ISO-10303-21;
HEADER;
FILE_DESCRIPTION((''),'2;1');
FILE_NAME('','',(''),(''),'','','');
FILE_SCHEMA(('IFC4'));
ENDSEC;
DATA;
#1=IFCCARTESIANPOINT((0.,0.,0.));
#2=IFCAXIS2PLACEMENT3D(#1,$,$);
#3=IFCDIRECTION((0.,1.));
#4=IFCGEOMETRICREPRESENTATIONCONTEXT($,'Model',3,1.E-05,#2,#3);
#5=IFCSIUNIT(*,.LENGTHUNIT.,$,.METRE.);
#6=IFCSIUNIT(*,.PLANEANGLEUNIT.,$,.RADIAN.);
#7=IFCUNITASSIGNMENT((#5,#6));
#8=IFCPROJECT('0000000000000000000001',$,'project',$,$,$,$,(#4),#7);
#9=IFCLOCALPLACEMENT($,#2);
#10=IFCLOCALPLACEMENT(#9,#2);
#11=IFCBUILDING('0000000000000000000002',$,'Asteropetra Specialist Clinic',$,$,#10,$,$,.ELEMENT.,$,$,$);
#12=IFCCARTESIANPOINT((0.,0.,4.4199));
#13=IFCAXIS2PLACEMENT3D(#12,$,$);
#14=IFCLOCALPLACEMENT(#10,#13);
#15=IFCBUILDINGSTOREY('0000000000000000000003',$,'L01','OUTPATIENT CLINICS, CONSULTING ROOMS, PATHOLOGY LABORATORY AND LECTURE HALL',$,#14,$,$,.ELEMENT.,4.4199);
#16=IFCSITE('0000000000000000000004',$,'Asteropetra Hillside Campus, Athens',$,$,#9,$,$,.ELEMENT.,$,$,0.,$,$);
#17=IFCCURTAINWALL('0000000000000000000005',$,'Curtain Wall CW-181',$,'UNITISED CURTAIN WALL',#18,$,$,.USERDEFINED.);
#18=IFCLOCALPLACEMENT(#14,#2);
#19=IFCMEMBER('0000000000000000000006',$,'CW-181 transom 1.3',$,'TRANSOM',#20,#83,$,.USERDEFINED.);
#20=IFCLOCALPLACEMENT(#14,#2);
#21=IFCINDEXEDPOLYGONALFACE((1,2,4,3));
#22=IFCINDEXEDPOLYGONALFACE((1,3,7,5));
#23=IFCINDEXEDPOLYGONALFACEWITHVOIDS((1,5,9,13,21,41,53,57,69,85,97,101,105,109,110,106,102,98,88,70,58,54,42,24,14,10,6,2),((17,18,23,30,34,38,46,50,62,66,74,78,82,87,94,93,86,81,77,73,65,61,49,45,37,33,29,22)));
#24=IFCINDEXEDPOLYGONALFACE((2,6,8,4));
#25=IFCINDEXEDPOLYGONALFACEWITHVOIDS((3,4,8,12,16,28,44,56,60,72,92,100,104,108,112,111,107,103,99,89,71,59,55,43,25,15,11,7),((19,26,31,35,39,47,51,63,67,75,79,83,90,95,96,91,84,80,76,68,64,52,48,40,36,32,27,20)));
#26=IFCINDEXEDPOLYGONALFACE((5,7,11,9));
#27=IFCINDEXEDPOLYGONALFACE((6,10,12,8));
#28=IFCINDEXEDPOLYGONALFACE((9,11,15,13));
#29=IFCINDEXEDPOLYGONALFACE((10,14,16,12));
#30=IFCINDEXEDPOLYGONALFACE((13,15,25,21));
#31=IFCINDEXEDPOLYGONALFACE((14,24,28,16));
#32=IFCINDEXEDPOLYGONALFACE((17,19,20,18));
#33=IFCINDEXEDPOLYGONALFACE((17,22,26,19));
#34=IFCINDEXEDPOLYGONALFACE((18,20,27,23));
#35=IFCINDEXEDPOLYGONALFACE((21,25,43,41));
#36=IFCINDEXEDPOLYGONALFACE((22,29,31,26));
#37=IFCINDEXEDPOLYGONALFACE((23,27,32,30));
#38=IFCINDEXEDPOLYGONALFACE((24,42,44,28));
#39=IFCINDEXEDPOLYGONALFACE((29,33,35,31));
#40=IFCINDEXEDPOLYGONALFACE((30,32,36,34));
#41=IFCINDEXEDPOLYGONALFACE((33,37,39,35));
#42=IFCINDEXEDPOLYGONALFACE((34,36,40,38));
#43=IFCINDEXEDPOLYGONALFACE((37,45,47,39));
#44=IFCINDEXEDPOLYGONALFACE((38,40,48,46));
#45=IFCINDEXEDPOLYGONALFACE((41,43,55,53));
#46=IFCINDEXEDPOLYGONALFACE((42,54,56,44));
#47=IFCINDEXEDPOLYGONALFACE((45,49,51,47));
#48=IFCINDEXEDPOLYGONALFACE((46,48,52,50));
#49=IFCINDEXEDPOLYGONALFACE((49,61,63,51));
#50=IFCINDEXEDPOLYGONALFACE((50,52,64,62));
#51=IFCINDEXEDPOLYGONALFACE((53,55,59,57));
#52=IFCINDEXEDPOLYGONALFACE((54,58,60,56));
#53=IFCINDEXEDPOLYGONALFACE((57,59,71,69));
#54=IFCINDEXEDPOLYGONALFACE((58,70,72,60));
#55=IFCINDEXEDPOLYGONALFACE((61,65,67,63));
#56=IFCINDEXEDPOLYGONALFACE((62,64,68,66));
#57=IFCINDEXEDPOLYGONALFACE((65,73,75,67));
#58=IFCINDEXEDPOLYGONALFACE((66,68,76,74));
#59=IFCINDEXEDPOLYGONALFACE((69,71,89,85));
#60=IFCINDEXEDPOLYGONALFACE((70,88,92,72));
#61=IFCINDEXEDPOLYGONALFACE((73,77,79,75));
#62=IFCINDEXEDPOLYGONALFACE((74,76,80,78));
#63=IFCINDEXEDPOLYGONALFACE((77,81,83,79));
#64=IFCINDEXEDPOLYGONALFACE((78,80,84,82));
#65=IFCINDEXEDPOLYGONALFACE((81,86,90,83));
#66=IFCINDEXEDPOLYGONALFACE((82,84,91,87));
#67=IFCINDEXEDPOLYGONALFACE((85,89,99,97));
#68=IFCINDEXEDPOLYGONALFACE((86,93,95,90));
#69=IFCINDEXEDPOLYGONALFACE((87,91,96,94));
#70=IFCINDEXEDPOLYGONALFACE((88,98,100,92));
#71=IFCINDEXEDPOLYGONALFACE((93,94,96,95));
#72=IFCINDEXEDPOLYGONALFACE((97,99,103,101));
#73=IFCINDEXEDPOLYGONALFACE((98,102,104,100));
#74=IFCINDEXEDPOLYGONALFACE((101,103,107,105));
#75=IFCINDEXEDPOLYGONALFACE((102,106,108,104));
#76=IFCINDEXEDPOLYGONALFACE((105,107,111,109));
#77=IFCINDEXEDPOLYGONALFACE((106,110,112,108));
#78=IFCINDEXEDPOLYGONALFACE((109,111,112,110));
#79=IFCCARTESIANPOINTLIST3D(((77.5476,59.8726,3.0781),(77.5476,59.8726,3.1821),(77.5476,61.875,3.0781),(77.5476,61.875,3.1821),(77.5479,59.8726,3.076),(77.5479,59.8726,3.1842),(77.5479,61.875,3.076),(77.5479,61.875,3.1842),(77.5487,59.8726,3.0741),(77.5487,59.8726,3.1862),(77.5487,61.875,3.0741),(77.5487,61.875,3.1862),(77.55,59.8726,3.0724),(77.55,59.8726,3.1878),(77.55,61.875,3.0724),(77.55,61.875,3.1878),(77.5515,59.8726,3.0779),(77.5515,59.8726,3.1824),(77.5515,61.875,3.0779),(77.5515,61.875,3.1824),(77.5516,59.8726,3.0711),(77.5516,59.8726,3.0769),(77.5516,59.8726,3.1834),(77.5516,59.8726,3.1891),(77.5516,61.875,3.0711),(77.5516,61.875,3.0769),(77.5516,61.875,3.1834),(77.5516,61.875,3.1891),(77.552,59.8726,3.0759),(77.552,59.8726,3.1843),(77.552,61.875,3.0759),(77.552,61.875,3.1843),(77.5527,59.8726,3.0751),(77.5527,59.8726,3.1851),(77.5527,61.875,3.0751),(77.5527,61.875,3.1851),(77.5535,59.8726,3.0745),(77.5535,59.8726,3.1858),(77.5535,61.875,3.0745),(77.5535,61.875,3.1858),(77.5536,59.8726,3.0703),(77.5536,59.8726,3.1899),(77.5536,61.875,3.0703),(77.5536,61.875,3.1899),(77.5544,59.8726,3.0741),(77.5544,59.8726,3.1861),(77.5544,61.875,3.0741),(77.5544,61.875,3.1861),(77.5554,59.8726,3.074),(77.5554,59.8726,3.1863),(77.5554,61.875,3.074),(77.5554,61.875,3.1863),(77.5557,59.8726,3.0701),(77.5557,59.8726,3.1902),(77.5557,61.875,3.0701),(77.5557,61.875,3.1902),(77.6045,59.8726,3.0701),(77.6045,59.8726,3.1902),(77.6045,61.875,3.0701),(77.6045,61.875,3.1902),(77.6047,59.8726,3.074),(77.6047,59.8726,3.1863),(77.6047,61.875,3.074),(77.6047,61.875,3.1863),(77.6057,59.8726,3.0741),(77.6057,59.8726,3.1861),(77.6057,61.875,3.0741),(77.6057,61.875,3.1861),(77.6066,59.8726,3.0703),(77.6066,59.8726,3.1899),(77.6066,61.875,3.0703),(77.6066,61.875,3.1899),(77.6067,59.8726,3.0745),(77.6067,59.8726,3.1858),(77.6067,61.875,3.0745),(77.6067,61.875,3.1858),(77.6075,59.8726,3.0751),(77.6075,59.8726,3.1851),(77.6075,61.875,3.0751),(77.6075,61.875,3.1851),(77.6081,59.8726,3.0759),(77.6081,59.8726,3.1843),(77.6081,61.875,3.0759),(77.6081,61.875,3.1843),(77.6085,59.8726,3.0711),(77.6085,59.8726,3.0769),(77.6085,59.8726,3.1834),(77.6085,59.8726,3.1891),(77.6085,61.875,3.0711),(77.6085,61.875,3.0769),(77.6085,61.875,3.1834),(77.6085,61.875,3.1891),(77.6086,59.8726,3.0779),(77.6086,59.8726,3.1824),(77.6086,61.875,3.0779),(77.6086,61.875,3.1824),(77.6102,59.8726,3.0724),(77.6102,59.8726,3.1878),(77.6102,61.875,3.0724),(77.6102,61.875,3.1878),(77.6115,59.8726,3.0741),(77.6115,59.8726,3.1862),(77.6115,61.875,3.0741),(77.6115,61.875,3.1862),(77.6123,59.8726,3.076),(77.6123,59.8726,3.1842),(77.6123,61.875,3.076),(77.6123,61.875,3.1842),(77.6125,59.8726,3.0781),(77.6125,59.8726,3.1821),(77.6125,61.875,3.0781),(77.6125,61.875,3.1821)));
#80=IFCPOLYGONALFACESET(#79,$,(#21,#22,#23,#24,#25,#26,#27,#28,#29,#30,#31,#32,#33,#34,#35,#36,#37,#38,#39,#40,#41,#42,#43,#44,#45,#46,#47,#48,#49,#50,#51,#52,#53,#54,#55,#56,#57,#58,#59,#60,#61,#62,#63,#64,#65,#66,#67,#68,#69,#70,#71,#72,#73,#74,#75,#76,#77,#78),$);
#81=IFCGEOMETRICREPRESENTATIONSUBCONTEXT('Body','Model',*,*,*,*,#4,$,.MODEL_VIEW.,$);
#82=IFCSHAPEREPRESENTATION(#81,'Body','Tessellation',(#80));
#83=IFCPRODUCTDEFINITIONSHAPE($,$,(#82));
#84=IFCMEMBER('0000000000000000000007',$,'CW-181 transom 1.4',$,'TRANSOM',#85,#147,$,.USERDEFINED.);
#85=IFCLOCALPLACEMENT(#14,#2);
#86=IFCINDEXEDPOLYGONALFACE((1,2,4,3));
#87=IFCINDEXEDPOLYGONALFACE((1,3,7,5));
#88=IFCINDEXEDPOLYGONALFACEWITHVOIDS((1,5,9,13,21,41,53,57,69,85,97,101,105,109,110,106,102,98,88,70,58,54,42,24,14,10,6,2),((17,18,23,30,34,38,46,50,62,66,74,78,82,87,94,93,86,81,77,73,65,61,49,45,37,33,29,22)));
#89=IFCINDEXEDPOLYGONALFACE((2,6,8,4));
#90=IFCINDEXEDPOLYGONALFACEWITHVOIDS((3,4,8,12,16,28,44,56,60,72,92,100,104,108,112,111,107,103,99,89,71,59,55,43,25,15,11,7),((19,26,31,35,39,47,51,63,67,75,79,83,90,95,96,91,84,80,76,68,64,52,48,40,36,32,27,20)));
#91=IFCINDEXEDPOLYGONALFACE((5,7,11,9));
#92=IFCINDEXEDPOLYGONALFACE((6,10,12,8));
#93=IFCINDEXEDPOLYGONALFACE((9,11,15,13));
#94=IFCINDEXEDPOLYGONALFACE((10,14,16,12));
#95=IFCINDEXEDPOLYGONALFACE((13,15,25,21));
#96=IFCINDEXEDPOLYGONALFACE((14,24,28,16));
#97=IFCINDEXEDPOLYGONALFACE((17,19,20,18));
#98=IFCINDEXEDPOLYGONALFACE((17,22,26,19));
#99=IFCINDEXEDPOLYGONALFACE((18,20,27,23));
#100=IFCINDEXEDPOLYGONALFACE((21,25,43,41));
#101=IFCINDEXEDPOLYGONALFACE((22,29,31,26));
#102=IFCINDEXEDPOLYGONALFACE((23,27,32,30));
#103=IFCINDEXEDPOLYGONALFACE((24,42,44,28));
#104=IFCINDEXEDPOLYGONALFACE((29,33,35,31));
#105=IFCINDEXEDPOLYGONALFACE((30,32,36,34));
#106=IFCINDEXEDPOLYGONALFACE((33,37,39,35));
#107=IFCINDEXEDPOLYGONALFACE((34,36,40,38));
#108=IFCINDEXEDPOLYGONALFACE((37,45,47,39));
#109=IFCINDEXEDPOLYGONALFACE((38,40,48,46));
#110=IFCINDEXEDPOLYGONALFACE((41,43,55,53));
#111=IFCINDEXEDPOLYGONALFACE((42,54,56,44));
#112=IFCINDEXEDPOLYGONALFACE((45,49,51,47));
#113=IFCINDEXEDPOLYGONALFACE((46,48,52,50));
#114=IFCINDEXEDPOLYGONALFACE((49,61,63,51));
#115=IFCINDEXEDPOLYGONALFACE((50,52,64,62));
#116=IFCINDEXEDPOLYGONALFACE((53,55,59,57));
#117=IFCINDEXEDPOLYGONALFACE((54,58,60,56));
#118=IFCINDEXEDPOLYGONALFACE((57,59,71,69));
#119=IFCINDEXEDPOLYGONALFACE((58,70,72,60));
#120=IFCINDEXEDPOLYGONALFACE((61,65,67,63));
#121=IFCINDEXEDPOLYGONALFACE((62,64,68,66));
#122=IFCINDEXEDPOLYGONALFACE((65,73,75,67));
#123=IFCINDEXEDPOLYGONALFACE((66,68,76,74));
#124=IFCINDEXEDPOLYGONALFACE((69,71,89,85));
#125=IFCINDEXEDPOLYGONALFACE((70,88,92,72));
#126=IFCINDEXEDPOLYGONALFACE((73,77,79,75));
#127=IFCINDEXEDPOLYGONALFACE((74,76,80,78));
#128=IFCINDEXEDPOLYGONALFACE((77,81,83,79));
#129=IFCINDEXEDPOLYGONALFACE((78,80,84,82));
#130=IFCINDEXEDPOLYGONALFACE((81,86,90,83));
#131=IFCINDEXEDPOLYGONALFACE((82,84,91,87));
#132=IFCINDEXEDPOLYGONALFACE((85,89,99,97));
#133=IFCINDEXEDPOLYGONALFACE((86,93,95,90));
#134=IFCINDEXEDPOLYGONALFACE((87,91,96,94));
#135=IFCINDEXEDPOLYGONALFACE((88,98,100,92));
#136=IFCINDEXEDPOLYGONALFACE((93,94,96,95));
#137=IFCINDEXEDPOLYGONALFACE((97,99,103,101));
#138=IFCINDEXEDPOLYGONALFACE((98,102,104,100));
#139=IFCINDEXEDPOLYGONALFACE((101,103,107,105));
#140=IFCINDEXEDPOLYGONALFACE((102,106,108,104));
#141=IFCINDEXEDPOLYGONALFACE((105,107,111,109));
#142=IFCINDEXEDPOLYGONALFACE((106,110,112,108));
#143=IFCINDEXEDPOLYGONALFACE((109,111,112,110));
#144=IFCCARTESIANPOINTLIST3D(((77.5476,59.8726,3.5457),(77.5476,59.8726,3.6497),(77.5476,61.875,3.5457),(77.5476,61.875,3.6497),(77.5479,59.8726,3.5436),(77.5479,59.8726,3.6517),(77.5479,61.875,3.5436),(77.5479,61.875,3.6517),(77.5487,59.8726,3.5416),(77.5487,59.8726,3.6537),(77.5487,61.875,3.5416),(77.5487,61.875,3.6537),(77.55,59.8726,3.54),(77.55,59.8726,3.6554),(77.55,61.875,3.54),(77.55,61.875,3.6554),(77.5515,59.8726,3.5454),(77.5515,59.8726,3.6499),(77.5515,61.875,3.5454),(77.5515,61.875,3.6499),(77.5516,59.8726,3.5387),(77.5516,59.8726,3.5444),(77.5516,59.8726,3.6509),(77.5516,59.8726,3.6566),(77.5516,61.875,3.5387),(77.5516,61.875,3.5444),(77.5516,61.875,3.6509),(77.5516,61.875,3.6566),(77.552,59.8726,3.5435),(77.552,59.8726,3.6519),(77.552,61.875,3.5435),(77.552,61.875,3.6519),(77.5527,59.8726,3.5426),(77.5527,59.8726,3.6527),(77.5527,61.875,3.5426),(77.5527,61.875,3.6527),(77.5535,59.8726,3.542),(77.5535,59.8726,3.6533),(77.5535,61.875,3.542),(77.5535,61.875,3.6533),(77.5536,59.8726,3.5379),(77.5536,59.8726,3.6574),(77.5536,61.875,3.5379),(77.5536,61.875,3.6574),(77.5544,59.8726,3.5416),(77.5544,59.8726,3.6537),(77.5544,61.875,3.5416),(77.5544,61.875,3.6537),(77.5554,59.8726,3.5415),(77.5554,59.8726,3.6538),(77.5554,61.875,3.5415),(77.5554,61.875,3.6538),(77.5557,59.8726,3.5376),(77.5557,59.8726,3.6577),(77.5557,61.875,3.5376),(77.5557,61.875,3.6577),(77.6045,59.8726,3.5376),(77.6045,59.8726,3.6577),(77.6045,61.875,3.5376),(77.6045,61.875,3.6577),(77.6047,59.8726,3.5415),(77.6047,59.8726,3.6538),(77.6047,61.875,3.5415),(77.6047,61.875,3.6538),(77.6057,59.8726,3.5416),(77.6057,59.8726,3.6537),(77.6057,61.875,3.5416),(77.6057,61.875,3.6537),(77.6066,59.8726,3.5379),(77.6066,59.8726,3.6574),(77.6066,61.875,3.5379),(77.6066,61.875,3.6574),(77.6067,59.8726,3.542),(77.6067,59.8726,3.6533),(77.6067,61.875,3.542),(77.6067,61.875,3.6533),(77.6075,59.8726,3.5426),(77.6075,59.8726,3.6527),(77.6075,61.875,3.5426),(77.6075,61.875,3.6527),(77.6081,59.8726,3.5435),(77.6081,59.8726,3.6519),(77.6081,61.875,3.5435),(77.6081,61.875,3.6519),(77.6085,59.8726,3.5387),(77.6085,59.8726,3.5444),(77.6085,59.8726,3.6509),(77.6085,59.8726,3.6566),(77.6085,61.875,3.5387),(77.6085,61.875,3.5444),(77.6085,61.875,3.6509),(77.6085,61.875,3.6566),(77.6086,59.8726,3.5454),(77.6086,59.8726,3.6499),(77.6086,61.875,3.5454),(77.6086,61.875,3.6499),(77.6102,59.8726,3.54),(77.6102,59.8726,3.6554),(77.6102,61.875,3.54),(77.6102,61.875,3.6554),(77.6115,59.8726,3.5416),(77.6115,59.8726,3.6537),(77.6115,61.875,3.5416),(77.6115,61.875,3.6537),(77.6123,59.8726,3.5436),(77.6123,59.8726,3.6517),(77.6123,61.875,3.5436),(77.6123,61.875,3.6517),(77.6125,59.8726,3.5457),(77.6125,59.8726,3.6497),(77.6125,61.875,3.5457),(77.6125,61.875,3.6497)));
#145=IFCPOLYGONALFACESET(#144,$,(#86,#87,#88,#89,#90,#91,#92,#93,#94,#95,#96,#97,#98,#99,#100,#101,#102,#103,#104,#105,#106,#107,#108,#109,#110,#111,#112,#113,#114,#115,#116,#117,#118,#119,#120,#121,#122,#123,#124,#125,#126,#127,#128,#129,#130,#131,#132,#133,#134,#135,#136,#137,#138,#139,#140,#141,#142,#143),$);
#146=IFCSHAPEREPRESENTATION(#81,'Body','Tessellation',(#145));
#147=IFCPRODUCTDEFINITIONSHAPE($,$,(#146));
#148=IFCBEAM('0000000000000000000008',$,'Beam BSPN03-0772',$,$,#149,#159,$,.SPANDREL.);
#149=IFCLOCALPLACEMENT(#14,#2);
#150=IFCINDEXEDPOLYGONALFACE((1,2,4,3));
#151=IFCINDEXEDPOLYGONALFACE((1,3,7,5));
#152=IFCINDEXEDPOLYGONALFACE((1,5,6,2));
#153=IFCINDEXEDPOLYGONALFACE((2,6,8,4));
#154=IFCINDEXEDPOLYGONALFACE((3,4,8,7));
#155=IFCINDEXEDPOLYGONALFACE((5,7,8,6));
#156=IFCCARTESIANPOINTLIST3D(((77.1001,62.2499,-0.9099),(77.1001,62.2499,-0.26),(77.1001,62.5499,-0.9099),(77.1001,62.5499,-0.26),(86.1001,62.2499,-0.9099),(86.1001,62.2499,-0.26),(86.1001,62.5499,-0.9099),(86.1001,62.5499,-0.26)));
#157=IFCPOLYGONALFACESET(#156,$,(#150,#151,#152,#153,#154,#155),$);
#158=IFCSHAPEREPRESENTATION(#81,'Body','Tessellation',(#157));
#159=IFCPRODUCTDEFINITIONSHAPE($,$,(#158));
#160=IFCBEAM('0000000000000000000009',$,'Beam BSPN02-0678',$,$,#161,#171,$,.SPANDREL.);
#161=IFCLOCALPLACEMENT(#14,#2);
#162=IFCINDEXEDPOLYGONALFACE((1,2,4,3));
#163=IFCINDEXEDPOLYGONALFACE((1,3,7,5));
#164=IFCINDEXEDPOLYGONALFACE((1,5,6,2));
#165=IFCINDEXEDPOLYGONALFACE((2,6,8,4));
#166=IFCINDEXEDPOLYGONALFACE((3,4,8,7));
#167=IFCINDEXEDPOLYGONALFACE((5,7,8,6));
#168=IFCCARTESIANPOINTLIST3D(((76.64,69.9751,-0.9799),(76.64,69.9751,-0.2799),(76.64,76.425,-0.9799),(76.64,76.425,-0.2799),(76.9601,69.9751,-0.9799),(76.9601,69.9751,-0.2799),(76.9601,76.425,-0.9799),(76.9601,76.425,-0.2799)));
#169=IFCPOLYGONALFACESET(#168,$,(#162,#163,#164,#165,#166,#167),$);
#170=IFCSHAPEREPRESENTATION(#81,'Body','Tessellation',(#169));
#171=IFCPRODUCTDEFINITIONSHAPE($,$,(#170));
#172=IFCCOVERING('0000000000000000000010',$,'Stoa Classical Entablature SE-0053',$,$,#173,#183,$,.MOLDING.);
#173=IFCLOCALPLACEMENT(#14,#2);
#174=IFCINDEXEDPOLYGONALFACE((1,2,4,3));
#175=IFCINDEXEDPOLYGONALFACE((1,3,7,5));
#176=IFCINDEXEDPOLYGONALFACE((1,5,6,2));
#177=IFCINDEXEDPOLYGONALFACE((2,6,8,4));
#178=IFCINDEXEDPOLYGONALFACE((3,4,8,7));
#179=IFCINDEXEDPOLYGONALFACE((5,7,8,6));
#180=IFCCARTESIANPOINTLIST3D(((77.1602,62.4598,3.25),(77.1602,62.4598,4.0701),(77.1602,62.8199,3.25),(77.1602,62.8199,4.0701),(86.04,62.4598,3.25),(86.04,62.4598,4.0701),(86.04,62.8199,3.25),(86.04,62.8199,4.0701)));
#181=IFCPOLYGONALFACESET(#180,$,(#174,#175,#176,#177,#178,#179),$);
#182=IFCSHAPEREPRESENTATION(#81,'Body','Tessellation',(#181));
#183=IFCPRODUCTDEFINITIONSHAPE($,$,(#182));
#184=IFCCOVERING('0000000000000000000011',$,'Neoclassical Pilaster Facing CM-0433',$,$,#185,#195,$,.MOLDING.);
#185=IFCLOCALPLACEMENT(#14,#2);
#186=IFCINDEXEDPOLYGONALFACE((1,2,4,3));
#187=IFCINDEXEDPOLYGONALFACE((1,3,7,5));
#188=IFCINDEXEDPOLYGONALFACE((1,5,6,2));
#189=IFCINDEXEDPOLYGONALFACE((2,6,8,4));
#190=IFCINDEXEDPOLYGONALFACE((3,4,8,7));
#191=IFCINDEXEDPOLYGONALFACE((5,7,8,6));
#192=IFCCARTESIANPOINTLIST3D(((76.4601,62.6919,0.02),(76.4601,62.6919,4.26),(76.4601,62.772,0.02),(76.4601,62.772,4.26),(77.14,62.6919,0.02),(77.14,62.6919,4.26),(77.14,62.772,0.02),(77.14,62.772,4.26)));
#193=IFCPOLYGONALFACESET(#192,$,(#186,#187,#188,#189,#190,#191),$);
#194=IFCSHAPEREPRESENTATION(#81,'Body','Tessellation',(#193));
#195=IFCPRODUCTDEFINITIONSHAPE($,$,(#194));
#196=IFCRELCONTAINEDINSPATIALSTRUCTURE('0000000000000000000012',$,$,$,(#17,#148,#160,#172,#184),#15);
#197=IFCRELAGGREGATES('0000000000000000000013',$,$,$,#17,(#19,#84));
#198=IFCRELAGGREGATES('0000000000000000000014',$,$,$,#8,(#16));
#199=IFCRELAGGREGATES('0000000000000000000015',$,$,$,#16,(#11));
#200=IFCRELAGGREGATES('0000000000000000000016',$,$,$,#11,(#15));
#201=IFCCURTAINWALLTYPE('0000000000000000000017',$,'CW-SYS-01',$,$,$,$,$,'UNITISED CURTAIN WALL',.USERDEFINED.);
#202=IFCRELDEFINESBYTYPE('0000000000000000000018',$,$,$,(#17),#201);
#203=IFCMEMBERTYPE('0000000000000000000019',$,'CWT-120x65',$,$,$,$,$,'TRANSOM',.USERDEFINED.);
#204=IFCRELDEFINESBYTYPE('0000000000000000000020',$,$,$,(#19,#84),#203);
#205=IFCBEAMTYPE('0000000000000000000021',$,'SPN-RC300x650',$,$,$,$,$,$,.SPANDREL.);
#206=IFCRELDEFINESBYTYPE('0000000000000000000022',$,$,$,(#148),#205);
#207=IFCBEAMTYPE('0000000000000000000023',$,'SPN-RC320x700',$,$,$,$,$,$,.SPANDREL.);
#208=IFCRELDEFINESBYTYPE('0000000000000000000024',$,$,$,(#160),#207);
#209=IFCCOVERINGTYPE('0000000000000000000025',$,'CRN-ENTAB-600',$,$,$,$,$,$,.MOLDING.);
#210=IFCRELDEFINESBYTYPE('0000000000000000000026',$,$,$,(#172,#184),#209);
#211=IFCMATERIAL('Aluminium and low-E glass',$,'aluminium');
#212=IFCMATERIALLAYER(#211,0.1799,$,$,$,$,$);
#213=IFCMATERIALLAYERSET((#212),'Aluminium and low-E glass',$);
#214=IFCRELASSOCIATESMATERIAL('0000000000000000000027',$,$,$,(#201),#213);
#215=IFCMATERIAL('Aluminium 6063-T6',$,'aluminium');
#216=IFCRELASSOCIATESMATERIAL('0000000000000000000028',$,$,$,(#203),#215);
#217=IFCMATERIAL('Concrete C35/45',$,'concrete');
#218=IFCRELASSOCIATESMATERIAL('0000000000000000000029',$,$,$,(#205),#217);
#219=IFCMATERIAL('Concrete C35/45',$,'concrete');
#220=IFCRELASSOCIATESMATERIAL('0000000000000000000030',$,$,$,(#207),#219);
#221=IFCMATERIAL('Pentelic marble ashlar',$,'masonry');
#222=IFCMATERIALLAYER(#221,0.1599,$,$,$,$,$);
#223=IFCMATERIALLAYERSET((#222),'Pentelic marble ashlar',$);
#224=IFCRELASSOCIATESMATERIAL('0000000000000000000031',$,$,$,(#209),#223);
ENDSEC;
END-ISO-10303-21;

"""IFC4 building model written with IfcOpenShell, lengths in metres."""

from ifc_helpers import new_model, si_unit, direction, frame, origin, origin_2d, place, context, subcontext, project, spatial, rectangle, hollow_rectangle, extrude, material, layer, layer_set, material_profile, profile_set, type_object, element, aggregate, save


model = new_model("IFC4")

# Units and contexts
model_context = context("Model", 3, precision=1e-05, world=origin(), true_north=direction((0.0, 1.0)))
body_context = subcontext(model_context, "Body", "Model", "MODEL_VIEW")
ifc_project = project(units=[si_unit("LENGTHUNIT", "METRE"), si_unit("PLANEANGLEUNIT", "RADIAN")], contexts=[model_context])

# Site, building, storey
site_placement = place(None, origin())
site = spatial("IfcSite", under=ifc_project, at=site_placement, Name="Asteropetra Hillside Campus, Athens", CompositionType="ELEMENT", RefElevation=0.0)
building_placement = place(site_placement, origin())
building = spatial("IfcBuilding", under=site, at=building_placement, Name="Asteropetra Specialist Clinic", CompositionType="ELEMENT")
storey_placement = place(building_placement, frame((0.0, 0.0, 4.4199)))
storey = spatial("IfcBuildingStorey", under=building, at=storey_placement, Name="L01", Description="OUTPATIENT CLINICS, CONSULTING ROOMS, PATHOLOGY LABORATORY AND LECTURE HALL", CompositionType="ELEMENT", Elevation=4.4199)

# Curtain wall, members
ifc_material_1 = material(Name="Aluminium and low-E glass", Category="aluminium")
ifc_layer_1 = layer(ifc_material_1, 0.1799)
ifc_layer_set_1 = layer_set([ifc_layer_1], Name="Aluminium and low-E glass")
curtain_wall_type = type_object("IfcCurtainWallType", Name="CW-SYS-01", ElementType="UNITISED CURTAIN WALL", PredefinedType="USERDEFINED", material=ifc_layer_set_1)
curtain_wall_placement = place(storey_placement, origin())
curtain_wall = element("IfcCurtainWall", 1, at=curtain_wall_placement, inside=storey, type_object=curtain_wall_type, Name="Curtain Wall CW-181", ObjectType="UNITISED CURTAIN WALL", PredefinedType="USERDEFINED")
ifc_material_2 = material(Name="Aluminium 6063-T6", Category="aluminium")
ifc_material_profile_1 = material_profile(ifc_material_2, hollow_rectangle(XDim=0.0649, YDim=0.1201, WallThickness=0.0039, InnerFilletRadius=0.0039, OuterFilletRadius=0.0081, at=origin_2d()), Name="TRN 120x65x4.0")
ifc_profile_set_1 = profile_set([ifc_material_profile_1], Name="Aluminium 6063-T6")
member_type_1 = type_object("IfcMemberType", Name="CWT-120x65", ElementType="TRANSOM", PredefinedType="USERDEFINED", material=ifc_profile_set_1)
member_1_placement = place(storey_placement, frame((77.5801, 61.875, 3.1301), z_axis=(0.0, -1.0, 0.0), x_axis=(1.0, 0.0, 0.0)))
member_1 = element("IfcMember", 2, at=member_1_placement, type_object=member_type_1, Name="CW-181 transom 1.3", ObjectType="TRANSOM", PredefinedType="USERDEFINED", context=body_context, shape_type="SweptSolid", body=[
    extrude(hollow_rectangle(XDim=0.0649, YDim=0.1201, WallThickness=0.0039, InnerFilletRadius=0.0039, OuterFilletRadius=0.0081, at=origin_2d()), origin(), (0.0, 0.0, 1.0), 2.0024),
])
member_2_placement = place(storey_placement, frame((77.5801, 61.875, 3.5977), z_axis=(0.0, -1.0, 0.0), x_axis=(1.0, 0.0, 0.0)))
member_2 = element("IfcMember", 3, at=member_2_placement, type_object=member_type_1, Name="CW-181 transom 1.4", ObjectType="TRANSOM", PredefinedType="USERDEFINED", context=body_context, shape_type="SweptSolid", body=[
    extrude(hollow_rectangle(XDim=0.0649, YDim=0.1201, WallThickness=0.0039, InnerFilletRadius=0.0039, OuterFilletRadius=0.0081, at=origin_2d()), origin(), (0.0, 0.0, 1.0), 2.0024),
])
aggregate(curtain_wall, [member_1, member_2])

# Beams
ifc_material_3 = material(Name="Concrete C35/45", Category="concrete")
ifc_material_profile_2 = material_profile(ifc_material_3, rectangle(XDim=0.3, YDim=0.6499, at=origin_2d()), Name="RCS 300x650")
ifc_profile_set_2 = profile_set([ifc_material_profile_2], Name="Concrete C35/45")
beam_type_1 = type_object("IfcBeamType", Name="SPN-RC300x650", PredefinedType="SPANDREL", material=ifc_profile_set_2)
beam_1_placement = place(storey_placement, frame((77.1001, 62.3999, -0.585), z_axis=(1.0, 0.0, 0.0), x_axis=(0.0, 1.0, 0.0)))
element("IfcBeam", 4, at=beam_1_placement, inside=storey, type_object=beam_type_1, Name="Beam BSPN03-0772", PredefinedType="SPANDREL", context=body_context, shape_type="SweptSolid", body=[
    extrude(rectangle(XDim=0.3, YDim=0.6499, at=origin_2d()), origin(), (0.0, 0.0, 1.0), 9.0),
])
ifc_material_4 = material(Name="Concrete C35/45", Category="concrete")
ifc_material_profile_3 = material_profile(ifc_material_4, rectangle(XDim=0.3201, YDim=0.7, at=origin_2d()), Name="RCS 320x700")
ifc_profile_set_3 = profile_set([ifc_material_profile_3], Name="Concrete C35/45")
beam_type_2 = type_object("IfcBeamType", Name="SPN-RC320x700", PredefinedType="SPANDREL", material=ifc_profile_set_3)
beam_2_placement = place(storey_placement, frame((76.8, 69.9751, -0.6299), z_axis=(0.0, 1.0, 0.0), x_axis=(-1.0, 0.0, 0.0)))
element("IfcBeam", 5, at=beam_2_placement, inside=storey, type_object=beam_type_2, Name="Beam BSPN02-0678", PredefinedType="SPANDREL", context=body_context, shape_type="SweptSolid", body=[
    extrude(rectangle(XDim=0.3201, YDim=0.7, at=origin_2d()), origin(), (0.0, 0.0, 1.0), 6.45),
])

# Coverings
ifc_material_5 = material(Name="Pentelic marble ashlar", Category="masonry")
ifc_layer_2 = layer(ifc_material_5, 0.1599)
ifc_layer_set_2 = layer_set([ifc_layer_2], Name="Pentelic marble ashlar")
covering_type = type_object("IfcCoveringType", Name="CRN-ENTAB-600", PredefinedType="MOLDING", material=ifc_layer_set_2)
covering_1_placement = place(storey_placement, frame((81.6001, 62.6399, 3.25), z_axis=(0.0, 0.0, 1.0), x_axis=(1.0, 0.0, 0.0)))
element("IfcCovering", 6, at=covering_1_placement, inside=storey, type_object=covering_type, Name="Stoa Classical Entablature SE-0053", PredefinedType="MOLDING", context=body_context, shape_type="SweptSolid", body=[
    extrude(rectangle(XDim=8.8799, YDim=0.3601, at=origin_2d()), origin(), (0.0, 0.0, 1.0), 0.8201),
])
covering_2_placement = place(storey_placement, frame((76.8, 62.7319, 0.02), z_axis=(0.0, 0.0, 1.0), x_axis=(1.0, 0.0, 0.0)))
element("IfcCovering", 7, at=covering_2_placement, inside=storey, type_object=covering_type, Name="Neoclassical Pilaster Facing CM-0433", PredefinedType="MOLDING", context=body_context, shape_type="SweptSolid", body=[
    extrude(rectangle(XDim=0.6799, YDim=0.0801, at=origin_2d()), origin(), (0.0, 0.0, 1.0), 4.24),
])

save(model, "model.ifc")
